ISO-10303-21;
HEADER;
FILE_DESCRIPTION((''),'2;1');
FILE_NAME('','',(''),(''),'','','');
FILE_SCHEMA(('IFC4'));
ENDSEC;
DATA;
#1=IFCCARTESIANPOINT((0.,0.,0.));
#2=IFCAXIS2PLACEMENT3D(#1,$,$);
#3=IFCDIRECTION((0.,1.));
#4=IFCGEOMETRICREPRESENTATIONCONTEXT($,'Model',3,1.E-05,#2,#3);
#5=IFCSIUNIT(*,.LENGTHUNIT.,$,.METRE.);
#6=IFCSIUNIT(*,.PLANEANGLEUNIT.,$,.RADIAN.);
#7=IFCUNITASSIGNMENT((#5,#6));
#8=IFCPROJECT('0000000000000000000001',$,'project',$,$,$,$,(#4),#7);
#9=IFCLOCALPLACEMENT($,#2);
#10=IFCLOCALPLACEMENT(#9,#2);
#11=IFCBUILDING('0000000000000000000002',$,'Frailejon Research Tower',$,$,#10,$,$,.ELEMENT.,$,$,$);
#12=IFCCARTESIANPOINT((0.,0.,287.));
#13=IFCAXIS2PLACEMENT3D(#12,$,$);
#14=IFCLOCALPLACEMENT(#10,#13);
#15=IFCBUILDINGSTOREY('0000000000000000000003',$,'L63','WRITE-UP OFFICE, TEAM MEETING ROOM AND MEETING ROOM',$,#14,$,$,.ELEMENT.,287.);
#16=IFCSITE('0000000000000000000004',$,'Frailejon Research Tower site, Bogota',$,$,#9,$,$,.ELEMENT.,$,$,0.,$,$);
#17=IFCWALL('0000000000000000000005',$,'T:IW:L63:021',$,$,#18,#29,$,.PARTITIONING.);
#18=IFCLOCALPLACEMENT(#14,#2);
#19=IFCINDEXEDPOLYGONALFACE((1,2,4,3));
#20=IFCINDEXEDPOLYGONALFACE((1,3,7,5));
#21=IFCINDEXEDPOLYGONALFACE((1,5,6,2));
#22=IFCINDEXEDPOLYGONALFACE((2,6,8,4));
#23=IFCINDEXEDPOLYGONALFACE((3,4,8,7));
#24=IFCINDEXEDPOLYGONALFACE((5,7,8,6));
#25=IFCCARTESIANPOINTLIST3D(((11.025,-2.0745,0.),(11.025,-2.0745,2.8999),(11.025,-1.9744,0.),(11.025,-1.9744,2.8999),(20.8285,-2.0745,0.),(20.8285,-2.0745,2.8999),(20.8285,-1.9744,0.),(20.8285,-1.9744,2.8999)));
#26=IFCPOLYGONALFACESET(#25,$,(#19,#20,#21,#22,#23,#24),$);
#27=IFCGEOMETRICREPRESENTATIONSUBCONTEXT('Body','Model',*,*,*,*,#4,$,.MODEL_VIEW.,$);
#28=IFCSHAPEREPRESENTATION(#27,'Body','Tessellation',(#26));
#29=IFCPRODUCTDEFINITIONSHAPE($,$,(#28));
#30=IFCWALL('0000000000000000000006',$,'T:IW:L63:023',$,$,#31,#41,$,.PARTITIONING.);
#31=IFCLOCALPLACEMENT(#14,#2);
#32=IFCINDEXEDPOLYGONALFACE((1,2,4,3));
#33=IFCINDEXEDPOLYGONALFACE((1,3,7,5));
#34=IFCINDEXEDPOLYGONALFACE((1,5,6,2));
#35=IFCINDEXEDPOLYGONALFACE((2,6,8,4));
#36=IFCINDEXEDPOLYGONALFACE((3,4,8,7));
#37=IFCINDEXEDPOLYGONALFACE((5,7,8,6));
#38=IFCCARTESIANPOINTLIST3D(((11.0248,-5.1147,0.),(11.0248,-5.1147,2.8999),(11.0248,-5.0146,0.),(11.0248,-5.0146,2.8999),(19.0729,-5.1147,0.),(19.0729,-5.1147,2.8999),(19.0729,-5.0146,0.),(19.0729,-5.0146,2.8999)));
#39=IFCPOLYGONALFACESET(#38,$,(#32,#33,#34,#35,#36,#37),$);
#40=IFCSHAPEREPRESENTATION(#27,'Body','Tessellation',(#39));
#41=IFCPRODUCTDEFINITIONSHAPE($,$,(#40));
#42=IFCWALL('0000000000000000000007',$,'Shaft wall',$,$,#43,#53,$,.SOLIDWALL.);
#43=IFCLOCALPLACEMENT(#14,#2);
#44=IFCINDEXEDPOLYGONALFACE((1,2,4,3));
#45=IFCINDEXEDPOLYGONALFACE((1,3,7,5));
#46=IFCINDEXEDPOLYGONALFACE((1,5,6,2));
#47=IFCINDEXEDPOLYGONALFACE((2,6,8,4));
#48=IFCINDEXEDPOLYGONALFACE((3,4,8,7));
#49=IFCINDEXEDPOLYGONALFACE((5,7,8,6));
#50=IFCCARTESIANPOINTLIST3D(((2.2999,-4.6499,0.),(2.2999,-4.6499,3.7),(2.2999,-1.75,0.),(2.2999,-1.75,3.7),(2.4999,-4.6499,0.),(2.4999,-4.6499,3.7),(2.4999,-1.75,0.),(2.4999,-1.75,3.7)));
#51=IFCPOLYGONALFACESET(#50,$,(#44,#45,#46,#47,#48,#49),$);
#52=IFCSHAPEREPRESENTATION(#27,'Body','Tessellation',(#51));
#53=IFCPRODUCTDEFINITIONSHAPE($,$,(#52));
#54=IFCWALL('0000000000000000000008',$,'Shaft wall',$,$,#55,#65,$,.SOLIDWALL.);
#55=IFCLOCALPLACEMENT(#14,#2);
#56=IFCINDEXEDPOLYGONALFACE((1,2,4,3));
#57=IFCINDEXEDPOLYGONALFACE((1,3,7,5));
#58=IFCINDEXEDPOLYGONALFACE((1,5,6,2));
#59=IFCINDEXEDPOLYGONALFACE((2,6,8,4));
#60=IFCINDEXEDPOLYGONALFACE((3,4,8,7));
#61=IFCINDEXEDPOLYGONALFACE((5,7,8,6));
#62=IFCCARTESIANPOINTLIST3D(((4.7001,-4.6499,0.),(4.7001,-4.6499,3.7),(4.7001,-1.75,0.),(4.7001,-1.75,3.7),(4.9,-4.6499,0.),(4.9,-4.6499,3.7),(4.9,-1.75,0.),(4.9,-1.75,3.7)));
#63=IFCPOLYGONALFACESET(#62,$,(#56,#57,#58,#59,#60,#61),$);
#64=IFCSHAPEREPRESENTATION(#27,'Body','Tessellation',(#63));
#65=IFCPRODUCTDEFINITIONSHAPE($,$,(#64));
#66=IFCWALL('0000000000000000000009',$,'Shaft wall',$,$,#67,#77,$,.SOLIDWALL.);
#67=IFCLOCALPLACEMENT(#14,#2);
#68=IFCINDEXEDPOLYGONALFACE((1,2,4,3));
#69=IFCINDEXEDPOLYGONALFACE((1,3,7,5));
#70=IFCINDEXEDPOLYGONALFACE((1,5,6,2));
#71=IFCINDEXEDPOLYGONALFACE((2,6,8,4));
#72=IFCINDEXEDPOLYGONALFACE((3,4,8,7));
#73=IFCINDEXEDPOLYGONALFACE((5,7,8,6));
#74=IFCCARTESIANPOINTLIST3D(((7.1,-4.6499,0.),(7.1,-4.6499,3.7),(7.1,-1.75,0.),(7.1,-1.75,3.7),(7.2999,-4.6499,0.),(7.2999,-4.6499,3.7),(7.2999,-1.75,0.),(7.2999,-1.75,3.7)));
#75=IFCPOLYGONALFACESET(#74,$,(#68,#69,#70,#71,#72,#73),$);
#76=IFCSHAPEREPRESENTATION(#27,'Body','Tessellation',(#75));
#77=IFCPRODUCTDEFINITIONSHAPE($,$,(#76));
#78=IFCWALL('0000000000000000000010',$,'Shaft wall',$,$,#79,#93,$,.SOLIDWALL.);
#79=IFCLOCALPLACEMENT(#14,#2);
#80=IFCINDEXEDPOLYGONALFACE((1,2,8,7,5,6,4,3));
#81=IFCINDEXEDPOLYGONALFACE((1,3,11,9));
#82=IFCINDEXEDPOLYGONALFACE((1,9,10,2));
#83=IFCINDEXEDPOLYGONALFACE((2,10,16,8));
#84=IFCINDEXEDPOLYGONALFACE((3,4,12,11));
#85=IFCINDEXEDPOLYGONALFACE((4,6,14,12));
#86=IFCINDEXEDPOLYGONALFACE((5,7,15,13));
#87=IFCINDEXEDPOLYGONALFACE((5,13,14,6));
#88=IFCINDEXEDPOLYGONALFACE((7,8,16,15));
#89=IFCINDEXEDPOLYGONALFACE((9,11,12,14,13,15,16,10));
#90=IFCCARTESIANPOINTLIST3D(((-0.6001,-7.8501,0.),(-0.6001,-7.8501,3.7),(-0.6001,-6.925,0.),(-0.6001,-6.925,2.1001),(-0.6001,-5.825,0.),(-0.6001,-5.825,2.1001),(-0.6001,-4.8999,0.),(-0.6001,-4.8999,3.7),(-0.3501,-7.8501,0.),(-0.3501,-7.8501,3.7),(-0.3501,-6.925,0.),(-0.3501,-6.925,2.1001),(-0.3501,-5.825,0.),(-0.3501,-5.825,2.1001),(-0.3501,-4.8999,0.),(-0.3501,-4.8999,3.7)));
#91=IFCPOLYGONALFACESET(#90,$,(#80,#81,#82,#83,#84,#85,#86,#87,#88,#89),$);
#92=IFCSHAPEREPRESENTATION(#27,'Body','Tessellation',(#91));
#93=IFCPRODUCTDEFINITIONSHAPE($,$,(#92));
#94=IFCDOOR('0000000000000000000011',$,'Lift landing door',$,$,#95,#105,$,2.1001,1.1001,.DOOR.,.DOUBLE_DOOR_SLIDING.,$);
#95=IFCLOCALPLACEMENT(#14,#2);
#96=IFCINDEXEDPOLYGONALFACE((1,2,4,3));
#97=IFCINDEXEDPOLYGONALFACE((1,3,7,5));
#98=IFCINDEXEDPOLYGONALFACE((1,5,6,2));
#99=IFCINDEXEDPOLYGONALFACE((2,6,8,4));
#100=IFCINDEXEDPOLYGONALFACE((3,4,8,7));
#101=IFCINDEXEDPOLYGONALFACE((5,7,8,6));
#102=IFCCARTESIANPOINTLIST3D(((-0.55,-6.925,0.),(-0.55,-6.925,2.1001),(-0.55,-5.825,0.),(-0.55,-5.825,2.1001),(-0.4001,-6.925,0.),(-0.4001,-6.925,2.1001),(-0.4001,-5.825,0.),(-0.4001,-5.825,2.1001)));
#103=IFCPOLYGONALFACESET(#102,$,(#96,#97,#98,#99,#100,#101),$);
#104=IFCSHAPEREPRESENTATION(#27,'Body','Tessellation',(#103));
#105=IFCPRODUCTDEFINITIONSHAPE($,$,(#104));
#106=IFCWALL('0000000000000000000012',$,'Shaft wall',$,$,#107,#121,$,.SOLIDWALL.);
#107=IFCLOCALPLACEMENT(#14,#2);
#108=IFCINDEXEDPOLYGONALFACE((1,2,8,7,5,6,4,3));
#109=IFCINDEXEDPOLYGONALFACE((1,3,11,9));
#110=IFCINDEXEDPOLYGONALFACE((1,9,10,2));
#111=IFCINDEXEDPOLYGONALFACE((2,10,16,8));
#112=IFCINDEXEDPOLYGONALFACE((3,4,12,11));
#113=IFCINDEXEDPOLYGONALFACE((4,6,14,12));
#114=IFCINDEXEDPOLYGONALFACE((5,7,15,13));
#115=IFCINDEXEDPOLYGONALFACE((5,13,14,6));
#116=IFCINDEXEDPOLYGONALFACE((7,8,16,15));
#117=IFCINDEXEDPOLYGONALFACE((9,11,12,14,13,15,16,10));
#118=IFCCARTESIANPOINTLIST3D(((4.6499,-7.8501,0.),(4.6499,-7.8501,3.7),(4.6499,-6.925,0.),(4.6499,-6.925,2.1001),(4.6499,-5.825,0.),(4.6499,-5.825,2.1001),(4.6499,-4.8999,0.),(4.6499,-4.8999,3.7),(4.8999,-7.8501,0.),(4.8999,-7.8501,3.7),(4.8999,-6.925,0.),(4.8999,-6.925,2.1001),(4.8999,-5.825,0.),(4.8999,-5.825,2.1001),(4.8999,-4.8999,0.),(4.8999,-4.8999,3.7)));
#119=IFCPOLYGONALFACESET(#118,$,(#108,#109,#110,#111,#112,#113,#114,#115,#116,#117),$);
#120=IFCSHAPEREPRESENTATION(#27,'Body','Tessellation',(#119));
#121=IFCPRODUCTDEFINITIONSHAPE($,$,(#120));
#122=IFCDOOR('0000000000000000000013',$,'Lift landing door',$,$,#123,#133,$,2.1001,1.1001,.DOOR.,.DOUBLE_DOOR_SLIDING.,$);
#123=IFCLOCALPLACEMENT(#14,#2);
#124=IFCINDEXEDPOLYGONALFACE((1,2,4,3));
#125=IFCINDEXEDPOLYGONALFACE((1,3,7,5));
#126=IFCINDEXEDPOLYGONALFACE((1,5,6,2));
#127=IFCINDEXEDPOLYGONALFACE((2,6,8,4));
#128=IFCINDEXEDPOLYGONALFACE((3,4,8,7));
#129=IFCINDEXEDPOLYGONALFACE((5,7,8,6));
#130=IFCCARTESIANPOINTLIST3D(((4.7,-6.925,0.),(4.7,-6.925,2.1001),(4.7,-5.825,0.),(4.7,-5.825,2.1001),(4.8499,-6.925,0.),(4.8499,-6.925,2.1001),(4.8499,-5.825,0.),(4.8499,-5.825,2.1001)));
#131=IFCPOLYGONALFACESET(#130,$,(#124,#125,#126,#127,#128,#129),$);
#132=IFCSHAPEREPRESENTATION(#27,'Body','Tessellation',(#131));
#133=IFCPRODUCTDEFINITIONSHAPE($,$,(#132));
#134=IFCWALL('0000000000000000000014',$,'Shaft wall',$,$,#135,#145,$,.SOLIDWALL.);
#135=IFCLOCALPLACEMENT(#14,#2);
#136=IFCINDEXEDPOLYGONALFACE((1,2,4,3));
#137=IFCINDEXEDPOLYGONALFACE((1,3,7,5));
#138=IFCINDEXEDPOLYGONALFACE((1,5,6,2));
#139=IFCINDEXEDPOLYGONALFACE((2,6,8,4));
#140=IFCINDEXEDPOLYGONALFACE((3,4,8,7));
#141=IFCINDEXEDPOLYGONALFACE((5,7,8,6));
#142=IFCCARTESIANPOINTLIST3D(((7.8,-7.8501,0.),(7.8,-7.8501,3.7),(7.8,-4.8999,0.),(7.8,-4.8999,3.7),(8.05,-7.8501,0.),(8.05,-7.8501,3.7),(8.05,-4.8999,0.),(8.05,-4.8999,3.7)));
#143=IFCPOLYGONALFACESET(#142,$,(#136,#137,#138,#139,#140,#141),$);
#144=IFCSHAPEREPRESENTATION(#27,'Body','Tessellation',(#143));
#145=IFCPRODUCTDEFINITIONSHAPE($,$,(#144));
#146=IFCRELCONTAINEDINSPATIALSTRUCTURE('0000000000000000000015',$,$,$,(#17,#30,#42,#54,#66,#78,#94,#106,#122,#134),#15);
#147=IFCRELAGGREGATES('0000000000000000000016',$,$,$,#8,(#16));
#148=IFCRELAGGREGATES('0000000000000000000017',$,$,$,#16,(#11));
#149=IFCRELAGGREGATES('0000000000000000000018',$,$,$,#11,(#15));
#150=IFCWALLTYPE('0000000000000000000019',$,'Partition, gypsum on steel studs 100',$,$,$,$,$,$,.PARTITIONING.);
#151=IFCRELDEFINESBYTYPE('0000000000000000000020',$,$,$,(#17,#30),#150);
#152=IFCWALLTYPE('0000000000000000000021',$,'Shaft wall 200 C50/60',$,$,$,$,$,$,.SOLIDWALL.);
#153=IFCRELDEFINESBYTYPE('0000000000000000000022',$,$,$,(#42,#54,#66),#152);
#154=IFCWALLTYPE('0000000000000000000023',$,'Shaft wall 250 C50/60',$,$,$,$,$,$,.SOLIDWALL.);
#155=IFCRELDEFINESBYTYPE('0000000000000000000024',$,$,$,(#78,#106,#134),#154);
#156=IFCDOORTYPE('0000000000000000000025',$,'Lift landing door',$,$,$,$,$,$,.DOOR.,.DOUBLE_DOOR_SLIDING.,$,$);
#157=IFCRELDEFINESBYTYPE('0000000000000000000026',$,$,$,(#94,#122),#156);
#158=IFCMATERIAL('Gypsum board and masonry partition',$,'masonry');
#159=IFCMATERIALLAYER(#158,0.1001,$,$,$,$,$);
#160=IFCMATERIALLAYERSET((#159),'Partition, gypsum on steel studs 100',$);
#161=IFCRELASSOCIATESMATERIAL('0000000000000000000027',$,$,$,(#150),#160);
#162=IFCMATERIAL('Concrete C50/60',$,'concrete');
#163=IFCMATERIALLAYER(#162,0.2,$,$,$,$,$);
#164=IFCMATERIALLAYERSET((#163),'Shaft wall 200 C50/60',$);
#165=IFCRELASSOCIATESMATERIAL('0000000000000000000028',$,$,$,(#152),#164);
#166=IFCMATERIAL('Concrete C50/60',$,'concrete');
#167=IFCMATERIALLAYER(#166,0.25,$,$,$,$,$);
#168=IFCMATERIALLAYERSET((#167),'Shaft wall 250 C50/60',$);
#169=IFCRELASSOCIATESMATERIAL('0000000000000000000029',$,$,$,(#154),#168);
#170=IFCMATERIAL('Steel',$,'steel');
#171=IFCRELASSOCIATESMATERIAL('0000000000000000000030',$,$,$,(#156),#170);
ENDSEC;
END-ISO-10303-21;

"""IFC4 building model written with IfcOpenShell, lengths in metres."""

from ifc_helpers import new_model, si_unit, direction, frame, frame_2d, origin, place, context, subcontext, project, spatial, rectangle, extrude, material, layer, layer_set, type_object, element, fill, save


model = new_model("IFC4")

# Units and contexts
model_context = context("Model", 3, precision=1e-05, world=origin(), true_north=direction((0.0, 1.0)))
body_context = subcontext(model_context, "Body", "Model", "MODEL_VIEW")
ifc_project = project(units=[si_unit("LENGTHUNIT", "METRE"), si_unit("PLANEANGLEUNIT", "RADIAN")], contexts=[model_context])

# Site, building, storey
site_placement = place(None, origin())
site = spatial("IfcSite", under=ifc_project, at=site_placement, Name="Frailejon Research Tower site, Bogota", CompositionType="ELEMENT", RefElevation=0.0)
building_placement = place(site_placement, origin())
building = spatial("IfcBuilding", under=site, at=building_placement, Name="Frailejon Research Tower", CompositionType="ELEMENT")
storey_placement = place(building_placement, frame((0.0, 0.0, 287.0)))
storey = spatial("IfcBuildingStorey", under=building, at=storey_placement, Name="L63", Description="WRITE-UP OFFICE, TEAM MEETING ROOM AND MEETING ROOM", CompositionType="ELEMENT", Elevation=287.0)

# Walls
ifc_material_1 = material(Name="Gypsum board and masonry partition", Category="masonry")
ifc_layer_1 = layer(ifc_material_1, 0.1001)
ifc_layer_set_1 = layer_set([ifc_layer_1], Name="Partition, gypsum on steel studs 100")
wall_type_1 = type_object("IfcWallType", Name="Partition, gypsum on steel studs 100", PredefinedType="PARTITIONING", material=ifc_layer_set_1)
wall_1_placement = place(storey_placement, frame((11.0249, -2.0244, 0.0), z_axis=(0.0, 0.0, 1.0), x_axis=(1.0, 0.0, 0.0)))
element("IfcWall", 1, at=wall_1_placement, inside=storey, type_object=wall_type_1, Name="T:IW:L63:021", PredefinedType="PARTITIONING", context=body_context, shape_type="SweptSolid", body=[
    extrude(rectangle(XDim=9.8035, YDim=0.1001, at=frame_2d((4.9019, 0.0))), origin(), (0.0, 0.0, 1.0), 2.8999),
])
wall_2_placement = place(storey_placement, frame((11.0249, -5.0647, 0.0), z_axis=(0.0, 0.0, 1.0), x_axis=(1.0, 0.0, 0.0)))
element("IfcWall", 2, at=wall_2_placement, inside=storey, type_object=wall_type_1, Name="T:IW:L63:023", PredefinedType="PARTITIONING", context=body_context, shape_type="SweptSolid", body=[
    extrude(rectangle(XDim=8.0481, YDim=0.1001, at=frame_2d((4.0239, 0.0))), origin(), (0.0, 0.0, 1.0), 2.8999),
])
ifc_material_2 = material(Name="Concrete C50/60", Category="concrete")
ifc_layer_2 = layer(ifc_material_2, 0.2)
ifc_layer_set_2 = layer_set([ifc_layer_2], Name="Shaft wall 200 C50/60")
wall_type_2 = type_object("IfcWallType", Name="Shaft wall 200 C50/60", PredefinedType="SOLIDWALL", material=ifc_layer_set_2)
for number, where, z_axis, x_axis, name in (
    (3, (2.3999, -4.6499, 0.0), (0.0, 0.0, 1.0), (0.0, 1.0, 0.0), "Shaft wall"),
    (4, (4.8, -4.6499, 0.0), (0.0, 0.0, 1.0), (0.0, 1.0, 0.0), "Shaft wall"),
    (5, (7.2, -4.6499, 0.0), (0.0, 0.0, 1.0), (0.0, 1.0, 0.0), "Shaft wall"),
):
    element("IfcWall", number, at=place(storey_placement, frame(where, z_axis=z_axis, x_axis=x_axis)), inside=storey, type_object=wall_type_2, Name=name, PredefinedType="SOLIDWALL", context=body_context, shape_type="SweptSolid", body=[
        extrude(rectangle(XDim=2.8999, YDim=0.2, at=frame_2d((1.45, 0.0))), origin(), (0.0, 0.0, 1.0), 3.7),
    ])

# Walls, openings, doors
ifc_material_3 = material(Name="Concrete C50/60", Category="concrete")
ifc_layer_3 = layer(ifc_material_3, 0.25)
ifc_layer_set_3 = layer_set([ifc_layer_3], Name="Shaft wall 250 C50/60")
wall_type_3 = type_object("IfcWallType", Name="Shaft wall 250 C50/60", PredefinedType="SOLIDWALL", material=ifc_layer_set_3)
wall_3_placement = place(storey_placement, frame((-0.4751, -7.8501, 0.0), z_axis=(0.0, 0.0, 1.0), x_axis=(0.0, 1.0, 0.0)))
wall_3 = element("IfcWall", 6, at=wall_3_placement, inside=storey, type_object=wall_type_3, Name="Shaft wall", PredefinedType="SOLIDWALL", context=body_context, shape_type="SweptSolid", body=[
    extrude(rectangle(XDim=2.9502, YDim=0.25, at=frame_2d((1.4751, 0.0))), origin(), (0.0, 0.0, 1.0), 3.7),
])
opening_1_placement = place(wall_3_placement, frame((0.925, 0.0, 0.0)))
opening_1 = element("IfcOpeningElement", 7, at=opening_1_placement, cuts=wall_3, PredefinedType="OPENING", context=body_context, shape_type="SweptSolid", body=[
    extrude(rectangle(XDim=1.1001, YDim=2.1001, at=frame_2d((0.55, 1.05))), frame((0.0, 0.135, 0.0), z_axis=(0.0, -1.0, 0.0), x_axis=(1.0, 0.0, 0.0)), (0.0, 0.0, 1.0), 0.27),
])
ifc_material_4 = material(Name="Steel", Category="steel")
door_type_1 = type_object("IfcDoorType", Name="Lift landing door", OperationType="DOUBLE_DOOR_SLIDING", PredefinedType="DOOR", material=ifc_material_4)
door_1_placement = place(opening_1_placement, origin())
door_1 = element("IfcDoor", 8, at=door_1_placement, inside=storey, type_object=door_type_1, Name="Lift landing door", OperationType="DOUBLE_DOOR_SLIDING", OverallHeight=2.1001, OverallWidth=1.1001, PredefinedType="DOOR", context=body_context, shape_type="SweptSolid", body=[
    extrude(rectangle(XDim=1.1001, YDim=2.1001, at=frame_2d((0.55, 1.05))), frame((0.0, 0.075, 0.0), z_axis=(0.0, -1.0, 0.0), x_axis=(1.0, 0.0, 0.0)), (0.0, 0.0, 1.0), 0.1499),
])
fill(opening_1, door_1)
wall_4_placement = place(storey_placement, frame((4.7749, -7.8501, 0.0), z_axis=(0.0, 0.0, 1.0), x_axis=(0.0, 1.0, 0.0)))
wall_4 = element("IfcWall", 9, at=wall_4_placement, inside=storey, type_object=wall_type_3, Name="Shaft wall", PredefinedType="SOLIDWALL", context=body_context, shape_type="SweptSolid", body=[
    extrude(rectangle(XDim=2.9502, YDim=0.25, at=frame_2d((1.4751, 0.0))), origin(), (0.0, 0.0, 1.0), 3.7),
])
opening_2_placement = place(wall_4_placement, frame((0.925, 0.0, 0.0)))
opening_2 = element("IfcOpeningElement", 10, at=opening_2_placement, cuts=wall_4, PredefinedType="OPENING", context=body_context, shape_type="SweptSolid", body=[
    extrude(rectangle(XDim=1.1001, YDim=2.1001, at=frame_2d((0.55, 1.05))), frame((0.0, 0.135, 0.0), z_axis=(0.0, -1.0, 0.0), x_axis=(1.0, 0.0, 0.0)), (0.0, 0.0, 1.0), 0.27),
])
door_2_placement = place(opening_2_placement, origin())
door_2 = element("IfcDoor", 11, at=door_2_placement, inside=storey, type_object=door_type_1, Name="Lift landing door", OperationType="DOUBLE_DOOR_SLIDING", OverallHeight=2.1001, OverallWidth=1.1001, PredefinedType="DOOR", context=body_context, shape_type="SweptSolid", body=[
    extrude(rectangle(XDim=1.1001, YDim=2.1001, at=frame_2d((0.55, 1.05))), frame((0.0, 0.075, 0.0), z_axis=(0.0, -1.0, 0.0), x_axis=(1.0, 0.0, 0.0)), (0.0, 0.0, 1.0), 0.1499),
])
fill(opening_2, door_2)

# Wall
wall_5_placement = place(storey_placement, frame((7.925, -7.8501, 0.0), z_axis=(0.0, 0.0, 1.0), x_axis=(0.0, 1.0, 0.0)))
element("IfcWall", 12, at=wall_5_placement, inside=storey, type_object=wall_type_3, Name="Shaft wall", PredefinedType="SOLIDWALL", context=body_context, shape_type="SweptSolid", body=[
    extrude(rectangle(XDim=2.9502, YDim=0.25, at=frame_2d((1.4751, 0.0))), origin(), (0.0, 0.0, 1.0), 3.7),
])

save(model, "model.ifc")
